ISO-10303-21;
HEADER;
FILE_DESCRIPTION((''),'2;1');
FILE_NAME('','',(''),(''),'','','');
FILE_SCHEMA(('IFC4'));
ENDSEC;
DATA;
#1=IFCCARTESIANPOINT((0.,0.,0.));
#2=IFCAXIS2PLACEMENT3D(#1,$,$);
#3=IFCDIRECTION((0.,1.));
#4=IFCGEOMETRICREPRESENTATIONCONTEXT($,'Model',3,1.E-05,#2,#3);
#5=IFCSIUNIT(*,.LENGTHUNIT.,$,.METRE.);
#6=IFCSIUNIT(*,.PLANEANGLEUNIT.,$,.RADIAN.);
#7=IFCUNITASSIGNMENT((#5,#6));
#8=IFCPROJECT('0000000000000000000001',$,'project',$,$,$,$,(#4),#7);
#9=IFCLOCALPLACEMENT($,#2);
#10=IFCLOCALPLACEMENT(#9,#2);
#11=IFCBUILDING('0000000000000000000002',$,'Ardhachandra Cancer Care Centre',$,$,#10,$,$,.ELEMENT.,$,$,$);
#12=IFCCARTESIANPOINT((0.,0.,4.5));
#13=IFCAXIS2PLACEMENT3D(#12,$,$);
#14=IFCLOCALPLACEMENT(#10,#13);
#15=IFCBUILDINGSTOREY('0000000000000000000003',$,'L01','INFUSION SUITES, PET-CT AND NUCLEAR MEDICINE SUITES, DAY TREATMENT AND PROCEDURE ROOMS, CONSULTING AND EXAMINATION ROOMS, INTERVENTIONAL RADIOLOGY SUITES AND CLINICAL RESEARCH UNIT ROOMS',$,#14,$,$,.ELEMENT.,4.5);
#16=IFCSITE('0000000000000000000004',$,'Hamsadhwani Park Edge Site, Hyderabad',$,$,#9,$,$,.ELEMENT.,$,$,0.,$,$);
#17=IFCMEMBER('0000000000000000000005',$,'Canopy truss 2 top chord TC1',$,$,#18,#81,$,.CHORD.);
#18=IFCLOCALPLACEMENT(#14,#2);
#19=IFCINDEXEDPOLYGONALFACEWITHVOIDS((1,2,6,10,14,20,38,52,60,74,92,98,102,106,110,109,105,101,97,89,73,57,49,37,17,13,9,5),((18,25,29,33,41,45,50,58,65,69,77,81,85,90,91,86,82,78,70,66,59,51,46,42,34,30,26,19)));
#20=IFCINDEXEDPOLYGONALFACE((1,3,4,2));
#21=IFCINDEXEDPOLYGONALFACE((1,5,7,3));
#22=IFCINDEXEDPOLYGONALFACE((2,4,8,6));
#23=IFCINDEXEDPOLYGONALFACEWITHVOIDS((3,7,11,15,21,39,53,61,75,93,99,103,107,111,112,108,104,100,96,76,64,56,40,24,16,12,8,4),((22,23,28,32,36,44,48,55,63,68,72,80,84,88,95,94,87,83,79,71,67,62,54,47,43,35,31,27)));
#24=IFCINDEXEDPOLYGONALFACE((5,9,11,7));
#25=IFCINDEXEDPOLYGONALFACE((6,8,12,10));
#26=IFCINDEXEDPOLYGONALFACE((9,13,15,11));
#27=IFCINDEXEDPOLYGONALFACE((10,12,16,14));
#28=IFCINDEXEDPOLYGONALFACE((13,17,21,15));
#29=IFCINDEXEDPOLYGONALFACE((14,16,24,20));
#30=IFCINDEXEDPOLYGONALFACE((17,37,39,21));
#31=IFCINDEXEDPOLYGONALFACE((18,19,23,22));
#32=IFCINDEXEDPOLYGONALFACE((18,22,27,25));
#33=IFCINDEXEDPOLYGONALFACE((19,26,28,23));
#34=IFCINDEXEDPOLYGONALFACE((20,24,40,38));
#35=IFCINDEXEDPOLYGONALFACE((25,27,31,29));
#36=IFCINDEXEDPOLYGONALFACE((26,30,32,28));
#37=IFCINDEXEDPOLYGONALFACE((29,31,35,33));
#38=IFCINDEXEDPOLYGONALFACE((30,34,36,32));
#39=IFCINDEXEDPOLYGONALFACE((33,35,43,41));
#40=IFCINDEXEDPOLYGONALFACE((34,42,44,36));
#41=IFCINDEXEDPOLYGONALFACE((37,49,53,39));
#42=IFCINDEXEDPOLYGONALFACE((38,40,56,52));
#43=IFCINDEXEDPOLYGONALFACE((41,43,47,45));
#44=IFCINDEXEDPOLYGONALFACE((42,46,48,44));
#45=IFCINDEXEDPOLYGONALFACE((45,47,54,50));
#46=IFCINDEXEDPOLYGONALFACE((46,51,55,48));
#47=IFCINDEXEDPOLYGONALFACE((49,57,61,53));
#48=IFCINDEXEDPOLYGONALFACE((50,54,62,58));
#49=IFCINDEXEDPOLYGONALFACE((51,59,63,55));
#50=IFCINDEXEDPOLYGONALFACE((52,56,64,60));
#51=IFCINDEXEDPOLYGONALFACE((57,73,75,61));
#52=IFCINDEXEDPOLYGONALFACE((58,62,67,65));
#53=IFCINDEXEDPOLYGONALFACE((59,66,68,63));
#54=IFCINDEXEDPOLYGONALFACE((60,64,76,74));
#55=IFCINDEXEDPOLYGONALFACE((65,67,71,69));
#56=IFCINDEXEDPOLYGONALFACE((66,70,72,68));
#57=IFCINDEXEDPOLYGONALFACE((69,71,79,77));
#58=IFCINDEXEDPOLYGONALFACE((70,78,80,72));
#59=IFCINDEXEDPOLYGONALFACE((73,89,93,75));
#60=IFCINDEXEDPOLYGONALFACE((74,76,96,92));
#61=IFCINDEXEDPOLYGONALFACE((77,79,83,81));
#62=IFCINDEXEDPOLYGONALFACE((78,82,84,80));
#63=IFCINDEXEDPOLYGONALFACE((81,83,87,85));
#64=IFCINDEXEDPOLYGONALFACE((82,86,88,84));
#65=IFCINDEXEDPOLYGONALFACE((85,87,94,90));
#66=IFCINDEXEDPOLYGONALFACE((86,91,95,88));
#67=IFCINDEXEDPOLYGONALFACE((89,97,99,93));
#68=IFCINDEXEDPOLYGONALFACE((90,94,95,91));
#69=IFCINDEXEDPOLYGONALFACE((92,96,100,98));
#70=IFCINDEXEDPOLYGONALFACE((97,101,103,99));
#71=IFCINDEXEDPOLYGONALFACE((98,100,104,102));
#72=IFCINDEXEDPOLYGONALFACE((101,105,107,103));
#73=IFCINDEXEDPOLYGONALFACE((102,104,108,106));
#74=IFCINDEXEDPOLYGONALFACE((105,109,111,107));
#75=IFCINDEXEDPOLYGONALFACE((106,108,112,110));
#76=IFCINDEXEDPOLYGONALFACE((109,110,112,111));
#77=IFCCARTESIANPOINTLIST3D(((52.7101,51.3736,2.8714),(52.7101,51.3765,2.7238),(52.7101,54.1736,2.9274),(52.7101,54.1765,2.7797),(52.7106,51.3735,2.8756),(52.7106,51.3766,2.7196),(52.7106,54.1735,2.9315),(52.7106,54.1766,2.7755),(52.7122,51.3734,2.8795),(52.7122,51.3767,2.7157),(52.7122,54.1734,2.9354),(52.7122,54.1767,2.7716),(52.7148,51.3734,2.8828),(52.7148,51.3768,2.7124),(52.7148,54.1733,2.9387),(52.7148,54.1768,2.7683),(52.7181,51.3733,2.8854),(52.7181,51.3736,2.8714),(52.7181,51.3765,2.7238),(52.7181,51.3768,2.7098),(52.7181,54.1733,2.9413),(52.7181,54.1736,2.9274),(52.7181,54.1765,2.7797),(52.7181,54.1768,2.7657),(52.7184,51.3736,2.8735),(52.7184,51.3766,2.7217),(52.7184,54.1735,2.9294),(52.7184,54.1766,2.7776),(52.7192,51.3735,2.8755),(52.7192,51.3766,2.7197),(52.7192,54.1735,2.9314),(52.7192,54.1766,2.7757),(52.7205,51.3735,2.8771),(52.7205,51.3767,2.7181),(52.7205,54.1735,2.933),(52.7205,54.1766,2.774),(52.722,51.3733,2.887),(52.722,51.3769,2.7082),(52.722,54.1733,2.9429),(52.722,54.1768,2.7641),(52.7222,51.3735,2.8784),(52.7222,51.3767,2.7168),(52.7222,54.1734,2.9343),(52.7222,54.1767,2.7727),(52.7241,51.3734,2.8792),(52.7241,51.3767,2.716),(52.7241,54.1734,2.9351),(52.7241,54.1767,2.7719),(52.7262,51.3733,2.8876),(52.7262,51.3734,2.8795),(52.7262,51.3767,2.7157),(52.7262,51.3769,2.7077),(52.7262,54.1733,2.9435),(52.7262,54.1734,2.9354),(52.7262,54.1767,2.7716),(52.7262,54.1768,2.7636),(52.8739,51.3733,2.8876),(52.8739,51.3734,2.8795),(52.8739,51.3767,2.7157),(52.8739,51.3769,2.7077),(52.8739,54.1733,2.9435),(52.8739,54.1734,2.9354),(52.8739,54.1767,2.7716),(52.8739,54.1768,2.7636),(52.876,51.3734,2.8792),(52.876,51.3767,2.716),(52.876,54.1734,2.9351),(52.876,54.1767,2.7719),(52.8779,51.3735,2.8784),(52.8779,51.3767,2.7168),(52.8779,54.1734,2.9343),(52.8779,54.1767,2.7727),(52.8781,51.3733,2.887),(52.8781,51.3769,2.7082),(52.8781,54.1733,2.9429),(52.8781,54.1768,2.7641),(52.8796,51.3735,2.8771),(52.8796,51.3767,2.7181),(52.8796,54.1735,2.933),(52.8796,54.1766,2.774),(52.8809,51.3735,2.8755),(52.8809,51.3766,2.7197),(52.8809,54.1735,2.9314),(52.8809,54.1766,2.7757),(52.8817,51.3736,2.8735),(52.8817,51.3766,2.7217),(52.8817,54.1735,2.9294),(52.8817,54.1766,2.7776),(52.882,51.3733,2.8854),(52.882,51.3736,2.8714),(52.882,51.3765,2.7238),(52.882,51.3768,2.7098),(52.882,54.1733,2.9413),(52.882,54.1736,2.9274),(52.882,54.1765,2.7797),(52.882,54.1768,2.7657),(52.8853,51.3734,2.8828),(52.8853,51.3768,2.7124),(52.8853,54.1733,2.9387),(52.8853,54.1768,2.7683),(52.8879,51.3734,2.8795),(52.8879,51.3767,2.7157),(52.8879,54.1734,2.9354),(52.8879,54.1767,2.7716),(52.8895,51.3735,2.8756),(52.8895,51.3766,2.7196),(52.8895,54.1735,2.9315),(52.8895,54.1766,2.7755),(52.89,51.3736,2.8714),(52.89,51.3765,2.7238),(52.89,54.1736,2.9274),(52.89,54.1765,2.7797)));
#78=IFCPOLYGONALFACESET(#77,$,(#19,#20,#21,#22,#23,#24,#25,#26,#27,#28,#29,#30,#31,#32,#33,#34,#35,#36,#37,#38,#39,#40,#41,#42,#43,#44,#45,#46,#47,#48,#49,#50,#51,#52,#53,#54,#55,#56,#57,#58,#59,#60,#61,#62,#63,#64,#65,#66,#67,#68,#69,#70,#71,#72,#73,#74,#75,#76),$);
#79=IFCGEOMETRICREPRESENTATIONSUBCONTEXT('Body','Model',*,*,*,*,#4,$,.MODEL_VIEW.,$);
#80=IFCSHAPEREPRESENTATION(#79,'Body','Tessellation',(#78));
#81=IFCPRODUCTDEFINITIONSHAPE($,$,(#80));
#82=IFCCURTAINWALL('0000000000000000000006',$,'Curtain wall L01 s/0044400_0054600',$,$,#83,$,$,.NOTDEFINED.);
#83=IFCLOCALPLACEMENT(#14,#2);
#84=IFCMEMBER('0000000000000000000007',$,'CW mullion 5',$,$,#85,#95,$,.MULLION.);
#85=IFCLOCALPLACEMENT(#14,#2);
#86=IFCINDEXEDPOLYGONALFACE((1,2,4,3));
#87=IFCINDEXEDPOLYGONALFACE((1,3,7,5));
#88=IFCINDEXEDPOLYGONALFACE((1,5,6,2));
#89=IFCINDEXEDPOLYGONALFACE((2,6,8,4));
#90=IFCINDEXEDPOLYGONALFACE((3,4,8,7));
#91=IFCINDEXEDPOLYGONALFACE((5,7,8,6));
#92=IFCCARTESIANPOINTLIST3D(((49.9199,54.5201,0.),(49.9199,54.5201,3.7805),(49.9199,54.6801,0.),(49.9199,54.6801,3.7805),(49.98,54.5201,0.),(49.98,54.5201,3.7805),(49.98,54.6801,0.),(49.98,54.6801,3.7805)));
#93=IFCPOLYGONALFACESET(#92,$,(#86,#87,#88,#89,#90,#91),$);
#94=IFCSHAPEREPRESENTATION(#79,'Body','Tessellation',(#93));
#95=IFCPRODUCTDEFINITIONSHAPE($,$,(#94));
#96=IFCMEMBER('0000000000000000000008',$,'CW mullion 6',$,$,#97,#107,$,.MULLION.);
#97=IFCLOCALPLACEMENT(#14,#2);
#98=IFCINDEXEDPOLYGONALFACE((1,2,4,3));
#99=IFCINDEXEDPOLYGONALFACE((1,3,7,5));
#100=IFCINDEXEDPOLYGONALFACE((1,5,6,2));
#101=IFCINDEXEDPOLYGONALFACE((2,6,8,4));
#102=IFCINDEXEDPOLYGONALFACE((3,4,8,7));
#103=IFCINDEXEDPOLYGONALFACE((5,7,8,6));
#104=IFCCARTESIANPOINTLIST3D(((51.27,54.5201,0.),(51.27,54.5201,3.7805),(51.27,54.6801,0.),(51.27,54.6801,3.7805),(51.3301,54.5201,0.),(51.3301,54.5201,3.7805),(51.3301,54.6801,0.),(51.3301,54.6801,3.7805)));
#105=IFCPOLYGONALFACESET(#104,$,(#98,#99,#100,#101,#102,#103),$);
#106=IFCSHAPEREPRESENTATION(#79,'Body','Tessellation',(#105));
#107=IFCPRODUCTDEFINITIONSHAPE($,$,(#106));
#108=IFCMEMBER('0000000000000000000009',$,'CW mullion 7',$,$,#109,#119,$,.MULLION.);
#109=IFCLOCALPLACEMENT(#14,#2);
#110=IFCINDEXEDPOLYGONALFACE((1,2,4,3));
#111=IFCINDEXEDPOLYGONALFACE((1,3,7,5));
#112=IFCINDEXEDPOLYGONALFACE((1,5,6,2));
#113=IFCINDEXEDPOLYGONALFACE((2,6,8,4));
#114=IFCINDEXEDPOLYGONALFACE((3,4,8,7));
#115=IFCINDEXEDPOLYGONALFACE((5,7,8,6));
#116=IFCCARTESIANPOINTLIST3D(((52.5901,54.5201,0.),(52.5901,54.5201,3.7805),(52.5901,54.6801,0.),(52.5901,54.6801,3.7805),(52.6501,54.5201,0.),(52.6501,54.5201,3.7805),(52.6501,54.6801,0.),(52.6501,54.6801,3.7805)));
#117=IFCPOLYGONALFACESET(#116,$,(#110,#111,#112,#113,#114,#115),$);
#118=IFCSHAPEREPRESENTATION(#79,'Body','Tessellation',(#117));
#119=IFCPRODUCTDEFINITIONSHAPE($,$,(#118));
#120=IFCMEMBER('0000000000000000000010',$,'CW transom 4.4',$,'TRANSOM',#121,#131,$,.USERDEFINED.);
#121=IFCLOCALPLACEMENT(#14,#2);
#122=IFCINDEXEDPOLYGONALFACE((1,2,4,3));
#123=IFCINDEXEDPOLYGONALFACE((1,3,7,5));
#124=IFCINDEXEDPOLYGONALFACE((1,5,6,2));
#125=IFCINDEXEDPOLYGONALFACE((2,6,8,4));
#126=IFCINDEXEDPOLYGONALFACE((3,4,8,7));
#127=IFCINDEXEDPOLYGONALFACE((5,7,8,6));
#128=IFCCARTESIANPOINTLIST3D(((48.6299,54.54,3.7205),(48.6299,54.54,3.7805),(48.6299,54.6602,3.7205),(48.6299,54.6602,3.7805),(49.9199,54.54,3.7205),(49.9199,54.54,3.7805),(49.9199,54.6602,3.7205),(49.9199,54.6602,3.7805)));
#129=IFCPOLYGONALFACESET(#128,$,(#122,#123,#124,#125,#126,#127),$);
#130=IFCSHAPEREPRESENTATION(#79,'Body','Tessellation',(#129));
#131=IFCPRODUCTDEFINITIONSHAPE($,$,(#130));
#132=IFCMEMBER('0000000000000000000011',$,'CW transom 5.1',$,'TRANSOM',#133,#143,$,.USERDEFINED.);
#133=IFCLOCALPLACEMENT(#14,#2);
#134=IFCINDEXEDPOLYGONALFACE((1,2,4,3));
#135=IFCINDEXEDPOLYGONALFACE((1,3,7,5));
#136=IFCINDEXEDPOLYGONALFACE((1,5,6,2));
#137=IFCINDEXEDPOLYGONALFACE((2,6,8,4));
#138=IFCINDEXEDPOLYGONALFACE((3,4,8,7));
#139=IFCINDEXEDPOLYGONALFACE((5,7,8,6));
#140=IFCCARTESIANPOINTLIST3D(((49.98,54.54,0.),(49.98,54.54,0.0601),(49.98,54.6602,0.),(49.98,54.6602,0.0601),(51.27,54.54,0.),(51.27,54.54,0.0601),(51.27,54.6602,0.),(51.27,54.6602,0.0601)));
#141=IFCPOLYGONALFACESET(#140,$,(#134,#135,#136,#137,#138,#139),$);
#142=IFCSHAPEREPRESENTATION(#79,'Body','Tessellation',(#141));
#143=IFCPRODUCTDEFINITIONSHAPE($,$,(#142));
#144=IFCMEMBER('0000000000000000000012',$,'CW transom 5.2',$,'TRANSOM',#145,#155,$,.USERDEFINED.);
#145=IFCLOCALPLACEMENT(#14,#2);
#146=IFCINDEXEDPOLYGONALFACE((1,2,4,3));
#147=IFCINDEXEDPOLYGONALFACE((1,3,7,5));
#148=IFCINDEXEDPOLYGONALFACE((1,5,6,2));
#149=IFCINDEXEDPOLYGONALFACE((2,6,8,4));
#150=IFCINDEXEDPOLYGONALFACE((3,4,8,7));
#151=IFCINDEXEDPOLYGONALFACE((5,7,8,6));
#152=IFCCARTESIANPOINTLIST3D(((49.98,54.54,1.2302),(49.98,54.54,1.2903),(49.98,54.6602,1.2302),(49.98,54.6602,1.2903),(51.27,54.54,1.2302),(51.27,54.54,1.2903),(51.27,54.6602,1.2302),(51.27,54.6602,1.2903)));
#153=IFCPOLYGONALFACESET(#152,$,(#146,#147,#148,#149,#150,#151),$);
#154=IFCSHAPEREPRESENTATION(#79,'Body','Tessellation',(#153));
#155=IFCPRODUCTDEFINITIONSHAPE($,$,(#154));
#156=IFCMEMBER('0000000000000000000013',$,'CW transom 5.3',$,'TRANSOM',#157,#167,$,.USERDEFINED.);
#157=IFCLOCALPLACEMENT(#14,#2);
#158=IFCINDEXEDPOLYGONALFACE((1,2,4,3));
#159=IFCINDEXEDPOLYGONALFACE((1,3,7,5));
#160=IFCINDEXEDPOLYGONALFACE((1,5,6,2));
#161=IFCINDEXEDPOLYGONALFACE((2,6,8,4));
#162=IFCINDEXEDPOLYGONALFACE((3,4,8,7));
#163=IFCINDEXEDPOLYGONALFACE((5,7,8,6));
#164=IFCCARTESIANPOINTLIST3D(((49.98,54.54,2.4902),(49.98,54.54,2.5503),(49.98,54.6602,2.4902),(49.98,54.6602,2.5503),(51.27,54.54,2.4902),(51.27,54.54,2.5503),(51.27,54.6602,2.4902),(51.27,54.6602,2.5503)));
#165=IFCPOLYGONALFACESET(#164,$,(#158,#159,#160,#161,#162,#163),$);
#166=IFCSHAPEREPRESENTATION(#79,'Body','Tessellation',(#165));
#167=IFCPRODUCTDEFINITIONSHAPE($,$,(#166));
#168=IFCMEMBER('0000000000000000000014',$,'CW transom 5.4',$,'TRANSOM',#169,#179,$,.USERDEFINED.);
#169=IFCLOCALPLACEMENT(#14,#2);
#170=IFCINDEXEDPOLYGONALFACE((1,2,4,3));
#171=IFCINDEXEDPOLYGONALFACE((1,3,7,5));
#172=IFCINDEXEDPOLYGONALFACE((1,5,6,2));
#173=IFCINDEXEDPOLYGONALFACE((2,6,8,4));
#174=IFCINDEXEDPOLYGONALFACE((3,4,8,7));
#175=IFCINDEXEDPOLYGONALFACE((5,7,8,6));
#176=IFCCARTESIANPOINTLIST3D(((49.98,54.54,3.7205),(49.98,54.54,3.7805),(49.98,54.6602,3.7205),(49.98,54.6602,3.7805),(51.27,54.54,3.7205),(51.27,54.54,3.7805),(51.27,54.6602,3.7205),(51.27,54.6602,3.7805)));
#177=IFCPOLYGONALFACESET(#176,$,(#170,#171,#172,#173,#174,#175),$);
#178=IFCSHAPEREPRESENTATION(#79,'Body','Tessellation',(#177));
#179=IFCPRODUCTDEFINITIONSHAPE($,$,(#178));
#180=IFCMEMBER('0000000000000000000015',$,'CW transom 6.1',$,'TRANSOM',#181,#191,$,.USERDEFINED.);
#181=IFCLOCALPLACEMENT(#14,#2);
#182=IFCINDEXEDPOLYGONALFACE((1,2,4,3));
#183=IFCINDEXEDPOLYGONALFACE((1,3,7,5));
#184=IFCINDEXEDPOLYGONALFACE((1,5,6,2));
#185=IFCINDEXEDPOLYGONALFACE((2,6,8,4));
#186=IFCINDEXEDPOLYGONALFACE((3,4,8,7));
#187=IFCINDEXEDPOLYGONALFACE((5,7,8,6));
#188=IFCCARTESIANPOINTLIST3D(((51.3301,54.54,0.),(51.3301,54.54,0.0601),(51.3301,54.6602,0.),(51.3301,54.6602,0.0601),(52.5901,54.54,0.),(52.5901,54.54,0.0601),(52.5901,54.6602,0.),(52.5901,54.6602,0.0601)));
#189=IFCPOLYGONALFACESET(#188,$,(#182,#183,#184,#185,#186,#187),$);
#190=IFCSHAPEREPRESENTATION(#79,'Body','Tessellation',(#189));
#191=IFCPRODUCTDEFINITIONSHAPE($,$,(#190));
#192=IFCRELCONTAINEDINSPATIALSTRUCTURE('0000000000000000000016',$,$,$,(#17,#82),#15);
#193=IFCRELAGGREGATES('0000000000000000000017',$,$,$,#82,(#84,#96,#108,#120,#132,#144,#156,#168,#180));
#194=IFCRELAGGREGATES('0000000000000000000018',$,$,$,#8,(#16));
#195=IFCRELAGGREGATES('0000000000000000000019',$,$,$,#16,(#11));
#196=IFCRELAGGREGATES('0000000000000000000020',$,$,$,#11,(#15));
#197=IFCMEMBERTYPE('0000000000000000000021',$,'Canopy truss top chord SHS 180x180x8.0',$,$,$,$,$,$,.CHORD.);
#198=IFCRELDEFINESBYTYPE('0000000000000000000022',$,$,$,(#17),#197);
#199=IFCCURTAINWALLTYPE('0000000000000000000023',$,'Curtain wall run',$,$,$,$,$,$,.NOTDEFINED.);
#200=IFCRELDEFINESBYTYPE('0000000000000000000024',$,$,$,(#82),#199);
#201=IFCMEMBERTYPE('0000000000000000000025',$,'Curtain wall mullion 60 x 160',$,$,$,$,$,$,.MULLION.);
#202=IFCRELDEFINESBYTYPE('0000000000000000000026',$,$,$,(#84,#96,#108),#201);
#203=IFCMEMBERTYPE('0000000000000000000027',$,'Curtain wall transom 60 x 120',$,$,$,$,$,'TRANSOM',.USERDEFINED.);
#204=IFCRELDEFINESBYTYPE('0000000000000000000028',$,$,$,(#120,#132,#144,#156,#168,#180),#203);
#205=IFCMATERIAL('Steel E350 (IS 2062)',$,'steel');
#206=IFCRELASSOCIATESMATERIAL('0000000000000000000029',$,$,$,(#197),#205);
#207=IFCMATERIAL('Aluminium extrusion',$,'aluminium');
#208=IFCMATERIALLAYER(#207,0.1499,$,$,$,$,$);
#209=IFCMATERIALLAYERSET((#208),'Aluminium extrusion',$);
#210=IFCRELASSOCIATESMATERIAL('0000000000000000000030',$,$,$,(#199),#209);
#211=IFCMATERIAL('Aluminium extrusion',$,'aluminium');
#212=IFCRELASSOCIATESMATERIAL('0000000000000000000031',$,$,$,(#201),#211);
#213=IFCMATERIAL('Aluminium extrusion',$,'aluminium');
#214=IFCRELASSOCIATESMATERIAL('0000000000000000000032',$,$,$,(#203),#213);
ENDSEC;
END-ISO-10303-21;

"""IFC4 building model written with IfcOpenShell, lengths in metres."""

from ifc_helpers import new_model, si_unit, direction, frame, origin, origin_2d, place, context, subcontext, project, spatial, rectangle, hollow_rectangle, extrude, material, layer, layer_set, material_profile, profile_set, type_object, element, aggregate, save


model = new_model("IFC4")

# Units and contexts
model_context = context("Model", 3, precision=1e-05, world=origin(), true_north=direction((0.0, 1.0)))
body_context = subcontext(model_context, "Body", "Model", "MODEL_VIEW")
ifc_project = project(units=[si_unit("LENGTHUNIT", "METRE"), si_unit("PLANEANGLEUNIT", "RADIAN")], contexts=[model_context])

# Site, building, storey
site_placement = place(None, origin())
site = spatial("IfcSite", under=ifc_project, at=site_placement, Name="Hamsadhwani Park Edge Site, Hyderabad", CompositionType="ELEMENT", RefElevation=0.0)
building_placement = place(site_placement, origin())
building = spatial("IfcBuilding", under=site, at=building_placement, Name="Ardhachandra Cancer Care Centre", CompositionType="ELEMENT")
storey_placement = place(building_placement, frame((0.0, 0.0, 4.5)))
storey = spatial("IfcBuildingStorey", under=building, at=storey_placement, Name="L01", Description="INFUSION SUITES, PET-CT AND NUCLEAR MEDICINE SUITES, DAY TREATMENT AND PROCEDURE ROOMS, CONSULTING AND EXAMINATION ROOMS, INTERVENTIONAL RADIOLOGY SUITES AND CLINICAL RESEARCH UNIT ROOMS", CompositionType="ELEMENT", Elevation=4.5)

# Member
ifc_material_1 = material(Name="Steel E350 (IS 2062)", Category="steel")
ifc_material_profile_1 = material_profile(ifc_material_1, hollow_rectangle(XDim=0.1799, YDim=0.1799, WallThickness=0.0081, InnerFilletRadius=0.0081, OuterFilletRadius=0.0161, at=origin_2d()), Name="SHS 180x180x8.0")
ifc_profile_set_1 = profile_set([ifc_material_profile_1], Name="Steel E350 (IS 2062)")
member_type_1 = type_object("IfcMemberType", Name="Canopy truss top chord SHS 180x180x8.0", PredefinedType="CHORD", material=ifc_profile_set_1)
member_1_placement = place(storey_placement, frame((52.8, 54.175, 2.8535), z_axis=(0.0, -0.999801, -0.019963), x_axis=(1.0, 0.0, 0.0)))
element("IfcMember", 1, at=member_1_placement, inside=storey, type_object=member_type_1, Name="Canopy truss 2 top chord TC1", PredefinedType="CHORD", context=body_context, shape_type="SweptSolid", body=[
    extrude(hollow_rectangle(XDim=0.1799, YDim=0.1799, WallThickness=0.0081, InnerFilletRadius=0.0081, OuterFilletRadius=0.0161, at=origin_2d()), origin(), (0.0, 0.0, 1.0), 2.8005),
])

# Curtain wall, members
ifc_material_2 = material(Name="Aluminium extrusion", Category="aluminium")
ifc_layer_1 = layer(ifc_material_2, 0.1499)
ifc_layer_set_1 = layer_set([ifc_layer_1], Name="Aluminium extrusion")
curtain_wall_type = type_object("IfcCurtainWallType", Name="Curtain wall run", PredefinedType="NOTDEFINED", material=ifc_layer_set_1)
curtain_wall_placement = place(storey_placement, origin())
curtain_wall = element("IfcCurtainWall", 2, at=curtain_wall_placement, inside=storey, type_object=curtain_wall_type, Name="Curtain wall L01 s/0044400_0054600", PredefinedType="NOTDEFINED")
ifc_material_3 = material(Name="Aluminium extrusion", Category="aluminium")
ifc_material_profile_2 = material_profile(ifc_material_3, rectangle(XDim=0.1599, YDim=0.0601, at=origin_2d()), Name="Curtain wall mullion 60 x 160")
ifc_profile_set_2 = profile_set([ifc_material_profile_2], Name="Aluminium extrusion")
member_type_2 = type_object("IfcMemberType", Name="Curtain wall mullion 60 x 160", PredefinedType="MULLION", material=ifc_profile_set_2)
member_2_placement = place(storey_placement, frame((49.95, 54.6001, 0.0), z_axis=(0.0, 0.0, 1.0), x_axis=(0.0, 1.0, 0.0)))
member_2 = element("IfcMember", 3, at=member_2_placement, type_object=member_type_2, Name="CW mullion 5", PredefinedType="MULLION", context=body_context, shape_type="SweptSolid", body=[
    extrude(rectangle(XDim=0.1599, YDim=0.0601, at=origin_2d()), origin(), (0.0, 0.0, 1.0), 3.7805),
])
member_3_placement = place(storey_placement, frame((51.3, 54.6001, 0.0), z_axis=(0.0, 0.0, 1.0), x_axis=(0.0, 1.0, 0.0)))
member_3 = element("IfcMember", 4, at=member_3_placement, type_object=member_type_2, Name="CW mullion 6", PredefinedType="MULLION", context=body_context, shape_type="SweptSolid", body=[
    extrude(rectangle(XDim=0.1599, YDim=0.0601, at=origin_2d()), origin(), (0.0, 0.0, 1.0), 3.7805),
])
member_4_placement = place(storey_placement, frame((52.6201, 54.6001, 0.0), z_axis=(0.0, 0.0, 1.0), x_axis=(0.0, 1.0, 0.0)))
member_4 = element("IfcMember", 5, at=member_4_placement, type_object=member_type_2, Name="CW mullion 7", PredefinedType="MULLION", context=body_context, shape_type="SweptSolid", body=[
    extrude(rectangle(XDim=0.1599, YDim=0.0601, at=origin_2d()), origin(), (0.0, 0.0, 1.0), 3.7805),
])
ifc_material_4 = material(Name="Aluminium extrusion", Category="aluminium")
ifc_material_profile_3 = material_profile(ifc_material_4, rectangle(XDim=0.1201, YDim=0.0601, at=origin_2d()), Name="Curtain wall transom 60 x 120")
ifc_profile_set_3 = profile_set([ifc_material_profile_3], Name="Aluminium extrusion")
member_type_3 = type_object("IfcMemberType", Name="Curtain wall transom 60 x 120", ElementType="TRANSOM", PredefinedType="USERDEFINED", material=ifc_profile_set_3)
member_5_placement = place(storey_placement, frame((48.6299, 54.6001, 3.7505), z_axis=(1.0, 0.0, 0.0), x_axis=(0.0, 1.0, 0.0)))
member_5 = element("IfcMember", 6, at=member_5_placement, type_object=member_type_3, Name="CW transom 4.4", ObjectType="TRANSOM", PredefinedType="USERDEFINED", context=body_context, shape_type="SweptSolid", body=[
    extrude(rectangle(XDim=0.1201, YDim=0.0601, at=origin_2d()), origin(), (0.0, 0.0, 1.0), 1.29),
])
member_6_placement = place(storey_placement, frame((49.98, 54.6001, 0.03), z_axis=(1.0, 0.0, 0.0), x_axis=(0.0, 1.0, 0.0)))
member_6 = element("IfcMember", 7, at=member_6_placement, type_object=member_type_3, Name="CW transom 5.1", ObjectType="TRANSOM", PredefinedType="USERDEFINED", context=body_context, shape_type="SweptSolid", body=[
    extrude(rectangle(XDim=0.1201, YDim=0.0601, at=origin_2d()), origin(), (0.0, 0.0, 1.0), 1.29),
])
member_7_placement = place(storey_placement, frame((49.98, 54.6001, 1.2603), z_axis=(1.0, 0.0, 0.0), x_axis=(0.0, 1.0, 0.0)))
member_7 = element("IfcMember", 8, at=member_7_placement, type_object=member_type_3, Name="CW transom 5.2", ObjectType="TRANSOM", PredefinedType="USERDEFINED", context=body_context, shape_type="SweptSolid", body=[
    extrude(rectangle(XDim=0.1201, YDim=0.0601, at=origin_2d()), origin(), (0.0, 0.0, 1.0), 1.29),
])
member_8_placement = place(storey_placement, frame((49.98, 54.6001, 2.5203), z_axis=(1.0, 0.0, 0.0), x_axis=(0.0, 1.0, 0.0)))
member_8 = element("IfcMember", 9, at=member_8_placement, type_object=member_type_3, Name="CW transom 5.3", ObjectType="TRANSOM", PredefinedType="USERDEFINED", context=body_context, shape_type="SweptSolid", body=[
    extrude(rectangle(XDim=0.1201, YDim=0.0601, at=origin_2d()), origin(), (0.0, 0.0, 1.0), 1.29),
])
member_9_placement = place(storey_placement, frame((49.98, 54.6001, 3.7505), z_axis=(1.0, 0.0, 0.0), x_axis=(0.0, 1.0, 0.0)))
member_9 = element("IfcMember", 10, at=member_9_placement, type_object=member_type_3, Name="CW transom 5.4", ObjectType="TRANSOM", PredefinedType="USERDEFINED", context=body_context, shape_type="SweptSolid", body=[
    extrude(rectangle(XDim=0.1201, YDim=0.0601, at=origin_2d()), origin(), (0.0, 0.0, 1.0), 1.29),
])
member_10_placement = place(storey_placement, frame((51.3301, 54.6001, 0.03), z_axis=(1.0, 0.0, 0.0), x_axis=(0.0, 1.0, 0.0)))
member_10 = element("IfcMember", 11, at=member_10_placement, type_object=member_type_3, Name="CW transom 6.1", ObjectType="TRANSOM", PredefinedType="USERDEFINED", context=body_context, shape_type="SweptSolid", body=[
    extrude(rectangle(XDim=0.1201, YDim=0.0601, at=origin_2d()), origin(), (0.0, 0.0, 1.0), 1.26),
])

aggregate(curtain_wall, [member_2, member_3, member_4, member_5, member_6, member_7, member_8, member_9, member_10])

save(model, "model.ifc")
